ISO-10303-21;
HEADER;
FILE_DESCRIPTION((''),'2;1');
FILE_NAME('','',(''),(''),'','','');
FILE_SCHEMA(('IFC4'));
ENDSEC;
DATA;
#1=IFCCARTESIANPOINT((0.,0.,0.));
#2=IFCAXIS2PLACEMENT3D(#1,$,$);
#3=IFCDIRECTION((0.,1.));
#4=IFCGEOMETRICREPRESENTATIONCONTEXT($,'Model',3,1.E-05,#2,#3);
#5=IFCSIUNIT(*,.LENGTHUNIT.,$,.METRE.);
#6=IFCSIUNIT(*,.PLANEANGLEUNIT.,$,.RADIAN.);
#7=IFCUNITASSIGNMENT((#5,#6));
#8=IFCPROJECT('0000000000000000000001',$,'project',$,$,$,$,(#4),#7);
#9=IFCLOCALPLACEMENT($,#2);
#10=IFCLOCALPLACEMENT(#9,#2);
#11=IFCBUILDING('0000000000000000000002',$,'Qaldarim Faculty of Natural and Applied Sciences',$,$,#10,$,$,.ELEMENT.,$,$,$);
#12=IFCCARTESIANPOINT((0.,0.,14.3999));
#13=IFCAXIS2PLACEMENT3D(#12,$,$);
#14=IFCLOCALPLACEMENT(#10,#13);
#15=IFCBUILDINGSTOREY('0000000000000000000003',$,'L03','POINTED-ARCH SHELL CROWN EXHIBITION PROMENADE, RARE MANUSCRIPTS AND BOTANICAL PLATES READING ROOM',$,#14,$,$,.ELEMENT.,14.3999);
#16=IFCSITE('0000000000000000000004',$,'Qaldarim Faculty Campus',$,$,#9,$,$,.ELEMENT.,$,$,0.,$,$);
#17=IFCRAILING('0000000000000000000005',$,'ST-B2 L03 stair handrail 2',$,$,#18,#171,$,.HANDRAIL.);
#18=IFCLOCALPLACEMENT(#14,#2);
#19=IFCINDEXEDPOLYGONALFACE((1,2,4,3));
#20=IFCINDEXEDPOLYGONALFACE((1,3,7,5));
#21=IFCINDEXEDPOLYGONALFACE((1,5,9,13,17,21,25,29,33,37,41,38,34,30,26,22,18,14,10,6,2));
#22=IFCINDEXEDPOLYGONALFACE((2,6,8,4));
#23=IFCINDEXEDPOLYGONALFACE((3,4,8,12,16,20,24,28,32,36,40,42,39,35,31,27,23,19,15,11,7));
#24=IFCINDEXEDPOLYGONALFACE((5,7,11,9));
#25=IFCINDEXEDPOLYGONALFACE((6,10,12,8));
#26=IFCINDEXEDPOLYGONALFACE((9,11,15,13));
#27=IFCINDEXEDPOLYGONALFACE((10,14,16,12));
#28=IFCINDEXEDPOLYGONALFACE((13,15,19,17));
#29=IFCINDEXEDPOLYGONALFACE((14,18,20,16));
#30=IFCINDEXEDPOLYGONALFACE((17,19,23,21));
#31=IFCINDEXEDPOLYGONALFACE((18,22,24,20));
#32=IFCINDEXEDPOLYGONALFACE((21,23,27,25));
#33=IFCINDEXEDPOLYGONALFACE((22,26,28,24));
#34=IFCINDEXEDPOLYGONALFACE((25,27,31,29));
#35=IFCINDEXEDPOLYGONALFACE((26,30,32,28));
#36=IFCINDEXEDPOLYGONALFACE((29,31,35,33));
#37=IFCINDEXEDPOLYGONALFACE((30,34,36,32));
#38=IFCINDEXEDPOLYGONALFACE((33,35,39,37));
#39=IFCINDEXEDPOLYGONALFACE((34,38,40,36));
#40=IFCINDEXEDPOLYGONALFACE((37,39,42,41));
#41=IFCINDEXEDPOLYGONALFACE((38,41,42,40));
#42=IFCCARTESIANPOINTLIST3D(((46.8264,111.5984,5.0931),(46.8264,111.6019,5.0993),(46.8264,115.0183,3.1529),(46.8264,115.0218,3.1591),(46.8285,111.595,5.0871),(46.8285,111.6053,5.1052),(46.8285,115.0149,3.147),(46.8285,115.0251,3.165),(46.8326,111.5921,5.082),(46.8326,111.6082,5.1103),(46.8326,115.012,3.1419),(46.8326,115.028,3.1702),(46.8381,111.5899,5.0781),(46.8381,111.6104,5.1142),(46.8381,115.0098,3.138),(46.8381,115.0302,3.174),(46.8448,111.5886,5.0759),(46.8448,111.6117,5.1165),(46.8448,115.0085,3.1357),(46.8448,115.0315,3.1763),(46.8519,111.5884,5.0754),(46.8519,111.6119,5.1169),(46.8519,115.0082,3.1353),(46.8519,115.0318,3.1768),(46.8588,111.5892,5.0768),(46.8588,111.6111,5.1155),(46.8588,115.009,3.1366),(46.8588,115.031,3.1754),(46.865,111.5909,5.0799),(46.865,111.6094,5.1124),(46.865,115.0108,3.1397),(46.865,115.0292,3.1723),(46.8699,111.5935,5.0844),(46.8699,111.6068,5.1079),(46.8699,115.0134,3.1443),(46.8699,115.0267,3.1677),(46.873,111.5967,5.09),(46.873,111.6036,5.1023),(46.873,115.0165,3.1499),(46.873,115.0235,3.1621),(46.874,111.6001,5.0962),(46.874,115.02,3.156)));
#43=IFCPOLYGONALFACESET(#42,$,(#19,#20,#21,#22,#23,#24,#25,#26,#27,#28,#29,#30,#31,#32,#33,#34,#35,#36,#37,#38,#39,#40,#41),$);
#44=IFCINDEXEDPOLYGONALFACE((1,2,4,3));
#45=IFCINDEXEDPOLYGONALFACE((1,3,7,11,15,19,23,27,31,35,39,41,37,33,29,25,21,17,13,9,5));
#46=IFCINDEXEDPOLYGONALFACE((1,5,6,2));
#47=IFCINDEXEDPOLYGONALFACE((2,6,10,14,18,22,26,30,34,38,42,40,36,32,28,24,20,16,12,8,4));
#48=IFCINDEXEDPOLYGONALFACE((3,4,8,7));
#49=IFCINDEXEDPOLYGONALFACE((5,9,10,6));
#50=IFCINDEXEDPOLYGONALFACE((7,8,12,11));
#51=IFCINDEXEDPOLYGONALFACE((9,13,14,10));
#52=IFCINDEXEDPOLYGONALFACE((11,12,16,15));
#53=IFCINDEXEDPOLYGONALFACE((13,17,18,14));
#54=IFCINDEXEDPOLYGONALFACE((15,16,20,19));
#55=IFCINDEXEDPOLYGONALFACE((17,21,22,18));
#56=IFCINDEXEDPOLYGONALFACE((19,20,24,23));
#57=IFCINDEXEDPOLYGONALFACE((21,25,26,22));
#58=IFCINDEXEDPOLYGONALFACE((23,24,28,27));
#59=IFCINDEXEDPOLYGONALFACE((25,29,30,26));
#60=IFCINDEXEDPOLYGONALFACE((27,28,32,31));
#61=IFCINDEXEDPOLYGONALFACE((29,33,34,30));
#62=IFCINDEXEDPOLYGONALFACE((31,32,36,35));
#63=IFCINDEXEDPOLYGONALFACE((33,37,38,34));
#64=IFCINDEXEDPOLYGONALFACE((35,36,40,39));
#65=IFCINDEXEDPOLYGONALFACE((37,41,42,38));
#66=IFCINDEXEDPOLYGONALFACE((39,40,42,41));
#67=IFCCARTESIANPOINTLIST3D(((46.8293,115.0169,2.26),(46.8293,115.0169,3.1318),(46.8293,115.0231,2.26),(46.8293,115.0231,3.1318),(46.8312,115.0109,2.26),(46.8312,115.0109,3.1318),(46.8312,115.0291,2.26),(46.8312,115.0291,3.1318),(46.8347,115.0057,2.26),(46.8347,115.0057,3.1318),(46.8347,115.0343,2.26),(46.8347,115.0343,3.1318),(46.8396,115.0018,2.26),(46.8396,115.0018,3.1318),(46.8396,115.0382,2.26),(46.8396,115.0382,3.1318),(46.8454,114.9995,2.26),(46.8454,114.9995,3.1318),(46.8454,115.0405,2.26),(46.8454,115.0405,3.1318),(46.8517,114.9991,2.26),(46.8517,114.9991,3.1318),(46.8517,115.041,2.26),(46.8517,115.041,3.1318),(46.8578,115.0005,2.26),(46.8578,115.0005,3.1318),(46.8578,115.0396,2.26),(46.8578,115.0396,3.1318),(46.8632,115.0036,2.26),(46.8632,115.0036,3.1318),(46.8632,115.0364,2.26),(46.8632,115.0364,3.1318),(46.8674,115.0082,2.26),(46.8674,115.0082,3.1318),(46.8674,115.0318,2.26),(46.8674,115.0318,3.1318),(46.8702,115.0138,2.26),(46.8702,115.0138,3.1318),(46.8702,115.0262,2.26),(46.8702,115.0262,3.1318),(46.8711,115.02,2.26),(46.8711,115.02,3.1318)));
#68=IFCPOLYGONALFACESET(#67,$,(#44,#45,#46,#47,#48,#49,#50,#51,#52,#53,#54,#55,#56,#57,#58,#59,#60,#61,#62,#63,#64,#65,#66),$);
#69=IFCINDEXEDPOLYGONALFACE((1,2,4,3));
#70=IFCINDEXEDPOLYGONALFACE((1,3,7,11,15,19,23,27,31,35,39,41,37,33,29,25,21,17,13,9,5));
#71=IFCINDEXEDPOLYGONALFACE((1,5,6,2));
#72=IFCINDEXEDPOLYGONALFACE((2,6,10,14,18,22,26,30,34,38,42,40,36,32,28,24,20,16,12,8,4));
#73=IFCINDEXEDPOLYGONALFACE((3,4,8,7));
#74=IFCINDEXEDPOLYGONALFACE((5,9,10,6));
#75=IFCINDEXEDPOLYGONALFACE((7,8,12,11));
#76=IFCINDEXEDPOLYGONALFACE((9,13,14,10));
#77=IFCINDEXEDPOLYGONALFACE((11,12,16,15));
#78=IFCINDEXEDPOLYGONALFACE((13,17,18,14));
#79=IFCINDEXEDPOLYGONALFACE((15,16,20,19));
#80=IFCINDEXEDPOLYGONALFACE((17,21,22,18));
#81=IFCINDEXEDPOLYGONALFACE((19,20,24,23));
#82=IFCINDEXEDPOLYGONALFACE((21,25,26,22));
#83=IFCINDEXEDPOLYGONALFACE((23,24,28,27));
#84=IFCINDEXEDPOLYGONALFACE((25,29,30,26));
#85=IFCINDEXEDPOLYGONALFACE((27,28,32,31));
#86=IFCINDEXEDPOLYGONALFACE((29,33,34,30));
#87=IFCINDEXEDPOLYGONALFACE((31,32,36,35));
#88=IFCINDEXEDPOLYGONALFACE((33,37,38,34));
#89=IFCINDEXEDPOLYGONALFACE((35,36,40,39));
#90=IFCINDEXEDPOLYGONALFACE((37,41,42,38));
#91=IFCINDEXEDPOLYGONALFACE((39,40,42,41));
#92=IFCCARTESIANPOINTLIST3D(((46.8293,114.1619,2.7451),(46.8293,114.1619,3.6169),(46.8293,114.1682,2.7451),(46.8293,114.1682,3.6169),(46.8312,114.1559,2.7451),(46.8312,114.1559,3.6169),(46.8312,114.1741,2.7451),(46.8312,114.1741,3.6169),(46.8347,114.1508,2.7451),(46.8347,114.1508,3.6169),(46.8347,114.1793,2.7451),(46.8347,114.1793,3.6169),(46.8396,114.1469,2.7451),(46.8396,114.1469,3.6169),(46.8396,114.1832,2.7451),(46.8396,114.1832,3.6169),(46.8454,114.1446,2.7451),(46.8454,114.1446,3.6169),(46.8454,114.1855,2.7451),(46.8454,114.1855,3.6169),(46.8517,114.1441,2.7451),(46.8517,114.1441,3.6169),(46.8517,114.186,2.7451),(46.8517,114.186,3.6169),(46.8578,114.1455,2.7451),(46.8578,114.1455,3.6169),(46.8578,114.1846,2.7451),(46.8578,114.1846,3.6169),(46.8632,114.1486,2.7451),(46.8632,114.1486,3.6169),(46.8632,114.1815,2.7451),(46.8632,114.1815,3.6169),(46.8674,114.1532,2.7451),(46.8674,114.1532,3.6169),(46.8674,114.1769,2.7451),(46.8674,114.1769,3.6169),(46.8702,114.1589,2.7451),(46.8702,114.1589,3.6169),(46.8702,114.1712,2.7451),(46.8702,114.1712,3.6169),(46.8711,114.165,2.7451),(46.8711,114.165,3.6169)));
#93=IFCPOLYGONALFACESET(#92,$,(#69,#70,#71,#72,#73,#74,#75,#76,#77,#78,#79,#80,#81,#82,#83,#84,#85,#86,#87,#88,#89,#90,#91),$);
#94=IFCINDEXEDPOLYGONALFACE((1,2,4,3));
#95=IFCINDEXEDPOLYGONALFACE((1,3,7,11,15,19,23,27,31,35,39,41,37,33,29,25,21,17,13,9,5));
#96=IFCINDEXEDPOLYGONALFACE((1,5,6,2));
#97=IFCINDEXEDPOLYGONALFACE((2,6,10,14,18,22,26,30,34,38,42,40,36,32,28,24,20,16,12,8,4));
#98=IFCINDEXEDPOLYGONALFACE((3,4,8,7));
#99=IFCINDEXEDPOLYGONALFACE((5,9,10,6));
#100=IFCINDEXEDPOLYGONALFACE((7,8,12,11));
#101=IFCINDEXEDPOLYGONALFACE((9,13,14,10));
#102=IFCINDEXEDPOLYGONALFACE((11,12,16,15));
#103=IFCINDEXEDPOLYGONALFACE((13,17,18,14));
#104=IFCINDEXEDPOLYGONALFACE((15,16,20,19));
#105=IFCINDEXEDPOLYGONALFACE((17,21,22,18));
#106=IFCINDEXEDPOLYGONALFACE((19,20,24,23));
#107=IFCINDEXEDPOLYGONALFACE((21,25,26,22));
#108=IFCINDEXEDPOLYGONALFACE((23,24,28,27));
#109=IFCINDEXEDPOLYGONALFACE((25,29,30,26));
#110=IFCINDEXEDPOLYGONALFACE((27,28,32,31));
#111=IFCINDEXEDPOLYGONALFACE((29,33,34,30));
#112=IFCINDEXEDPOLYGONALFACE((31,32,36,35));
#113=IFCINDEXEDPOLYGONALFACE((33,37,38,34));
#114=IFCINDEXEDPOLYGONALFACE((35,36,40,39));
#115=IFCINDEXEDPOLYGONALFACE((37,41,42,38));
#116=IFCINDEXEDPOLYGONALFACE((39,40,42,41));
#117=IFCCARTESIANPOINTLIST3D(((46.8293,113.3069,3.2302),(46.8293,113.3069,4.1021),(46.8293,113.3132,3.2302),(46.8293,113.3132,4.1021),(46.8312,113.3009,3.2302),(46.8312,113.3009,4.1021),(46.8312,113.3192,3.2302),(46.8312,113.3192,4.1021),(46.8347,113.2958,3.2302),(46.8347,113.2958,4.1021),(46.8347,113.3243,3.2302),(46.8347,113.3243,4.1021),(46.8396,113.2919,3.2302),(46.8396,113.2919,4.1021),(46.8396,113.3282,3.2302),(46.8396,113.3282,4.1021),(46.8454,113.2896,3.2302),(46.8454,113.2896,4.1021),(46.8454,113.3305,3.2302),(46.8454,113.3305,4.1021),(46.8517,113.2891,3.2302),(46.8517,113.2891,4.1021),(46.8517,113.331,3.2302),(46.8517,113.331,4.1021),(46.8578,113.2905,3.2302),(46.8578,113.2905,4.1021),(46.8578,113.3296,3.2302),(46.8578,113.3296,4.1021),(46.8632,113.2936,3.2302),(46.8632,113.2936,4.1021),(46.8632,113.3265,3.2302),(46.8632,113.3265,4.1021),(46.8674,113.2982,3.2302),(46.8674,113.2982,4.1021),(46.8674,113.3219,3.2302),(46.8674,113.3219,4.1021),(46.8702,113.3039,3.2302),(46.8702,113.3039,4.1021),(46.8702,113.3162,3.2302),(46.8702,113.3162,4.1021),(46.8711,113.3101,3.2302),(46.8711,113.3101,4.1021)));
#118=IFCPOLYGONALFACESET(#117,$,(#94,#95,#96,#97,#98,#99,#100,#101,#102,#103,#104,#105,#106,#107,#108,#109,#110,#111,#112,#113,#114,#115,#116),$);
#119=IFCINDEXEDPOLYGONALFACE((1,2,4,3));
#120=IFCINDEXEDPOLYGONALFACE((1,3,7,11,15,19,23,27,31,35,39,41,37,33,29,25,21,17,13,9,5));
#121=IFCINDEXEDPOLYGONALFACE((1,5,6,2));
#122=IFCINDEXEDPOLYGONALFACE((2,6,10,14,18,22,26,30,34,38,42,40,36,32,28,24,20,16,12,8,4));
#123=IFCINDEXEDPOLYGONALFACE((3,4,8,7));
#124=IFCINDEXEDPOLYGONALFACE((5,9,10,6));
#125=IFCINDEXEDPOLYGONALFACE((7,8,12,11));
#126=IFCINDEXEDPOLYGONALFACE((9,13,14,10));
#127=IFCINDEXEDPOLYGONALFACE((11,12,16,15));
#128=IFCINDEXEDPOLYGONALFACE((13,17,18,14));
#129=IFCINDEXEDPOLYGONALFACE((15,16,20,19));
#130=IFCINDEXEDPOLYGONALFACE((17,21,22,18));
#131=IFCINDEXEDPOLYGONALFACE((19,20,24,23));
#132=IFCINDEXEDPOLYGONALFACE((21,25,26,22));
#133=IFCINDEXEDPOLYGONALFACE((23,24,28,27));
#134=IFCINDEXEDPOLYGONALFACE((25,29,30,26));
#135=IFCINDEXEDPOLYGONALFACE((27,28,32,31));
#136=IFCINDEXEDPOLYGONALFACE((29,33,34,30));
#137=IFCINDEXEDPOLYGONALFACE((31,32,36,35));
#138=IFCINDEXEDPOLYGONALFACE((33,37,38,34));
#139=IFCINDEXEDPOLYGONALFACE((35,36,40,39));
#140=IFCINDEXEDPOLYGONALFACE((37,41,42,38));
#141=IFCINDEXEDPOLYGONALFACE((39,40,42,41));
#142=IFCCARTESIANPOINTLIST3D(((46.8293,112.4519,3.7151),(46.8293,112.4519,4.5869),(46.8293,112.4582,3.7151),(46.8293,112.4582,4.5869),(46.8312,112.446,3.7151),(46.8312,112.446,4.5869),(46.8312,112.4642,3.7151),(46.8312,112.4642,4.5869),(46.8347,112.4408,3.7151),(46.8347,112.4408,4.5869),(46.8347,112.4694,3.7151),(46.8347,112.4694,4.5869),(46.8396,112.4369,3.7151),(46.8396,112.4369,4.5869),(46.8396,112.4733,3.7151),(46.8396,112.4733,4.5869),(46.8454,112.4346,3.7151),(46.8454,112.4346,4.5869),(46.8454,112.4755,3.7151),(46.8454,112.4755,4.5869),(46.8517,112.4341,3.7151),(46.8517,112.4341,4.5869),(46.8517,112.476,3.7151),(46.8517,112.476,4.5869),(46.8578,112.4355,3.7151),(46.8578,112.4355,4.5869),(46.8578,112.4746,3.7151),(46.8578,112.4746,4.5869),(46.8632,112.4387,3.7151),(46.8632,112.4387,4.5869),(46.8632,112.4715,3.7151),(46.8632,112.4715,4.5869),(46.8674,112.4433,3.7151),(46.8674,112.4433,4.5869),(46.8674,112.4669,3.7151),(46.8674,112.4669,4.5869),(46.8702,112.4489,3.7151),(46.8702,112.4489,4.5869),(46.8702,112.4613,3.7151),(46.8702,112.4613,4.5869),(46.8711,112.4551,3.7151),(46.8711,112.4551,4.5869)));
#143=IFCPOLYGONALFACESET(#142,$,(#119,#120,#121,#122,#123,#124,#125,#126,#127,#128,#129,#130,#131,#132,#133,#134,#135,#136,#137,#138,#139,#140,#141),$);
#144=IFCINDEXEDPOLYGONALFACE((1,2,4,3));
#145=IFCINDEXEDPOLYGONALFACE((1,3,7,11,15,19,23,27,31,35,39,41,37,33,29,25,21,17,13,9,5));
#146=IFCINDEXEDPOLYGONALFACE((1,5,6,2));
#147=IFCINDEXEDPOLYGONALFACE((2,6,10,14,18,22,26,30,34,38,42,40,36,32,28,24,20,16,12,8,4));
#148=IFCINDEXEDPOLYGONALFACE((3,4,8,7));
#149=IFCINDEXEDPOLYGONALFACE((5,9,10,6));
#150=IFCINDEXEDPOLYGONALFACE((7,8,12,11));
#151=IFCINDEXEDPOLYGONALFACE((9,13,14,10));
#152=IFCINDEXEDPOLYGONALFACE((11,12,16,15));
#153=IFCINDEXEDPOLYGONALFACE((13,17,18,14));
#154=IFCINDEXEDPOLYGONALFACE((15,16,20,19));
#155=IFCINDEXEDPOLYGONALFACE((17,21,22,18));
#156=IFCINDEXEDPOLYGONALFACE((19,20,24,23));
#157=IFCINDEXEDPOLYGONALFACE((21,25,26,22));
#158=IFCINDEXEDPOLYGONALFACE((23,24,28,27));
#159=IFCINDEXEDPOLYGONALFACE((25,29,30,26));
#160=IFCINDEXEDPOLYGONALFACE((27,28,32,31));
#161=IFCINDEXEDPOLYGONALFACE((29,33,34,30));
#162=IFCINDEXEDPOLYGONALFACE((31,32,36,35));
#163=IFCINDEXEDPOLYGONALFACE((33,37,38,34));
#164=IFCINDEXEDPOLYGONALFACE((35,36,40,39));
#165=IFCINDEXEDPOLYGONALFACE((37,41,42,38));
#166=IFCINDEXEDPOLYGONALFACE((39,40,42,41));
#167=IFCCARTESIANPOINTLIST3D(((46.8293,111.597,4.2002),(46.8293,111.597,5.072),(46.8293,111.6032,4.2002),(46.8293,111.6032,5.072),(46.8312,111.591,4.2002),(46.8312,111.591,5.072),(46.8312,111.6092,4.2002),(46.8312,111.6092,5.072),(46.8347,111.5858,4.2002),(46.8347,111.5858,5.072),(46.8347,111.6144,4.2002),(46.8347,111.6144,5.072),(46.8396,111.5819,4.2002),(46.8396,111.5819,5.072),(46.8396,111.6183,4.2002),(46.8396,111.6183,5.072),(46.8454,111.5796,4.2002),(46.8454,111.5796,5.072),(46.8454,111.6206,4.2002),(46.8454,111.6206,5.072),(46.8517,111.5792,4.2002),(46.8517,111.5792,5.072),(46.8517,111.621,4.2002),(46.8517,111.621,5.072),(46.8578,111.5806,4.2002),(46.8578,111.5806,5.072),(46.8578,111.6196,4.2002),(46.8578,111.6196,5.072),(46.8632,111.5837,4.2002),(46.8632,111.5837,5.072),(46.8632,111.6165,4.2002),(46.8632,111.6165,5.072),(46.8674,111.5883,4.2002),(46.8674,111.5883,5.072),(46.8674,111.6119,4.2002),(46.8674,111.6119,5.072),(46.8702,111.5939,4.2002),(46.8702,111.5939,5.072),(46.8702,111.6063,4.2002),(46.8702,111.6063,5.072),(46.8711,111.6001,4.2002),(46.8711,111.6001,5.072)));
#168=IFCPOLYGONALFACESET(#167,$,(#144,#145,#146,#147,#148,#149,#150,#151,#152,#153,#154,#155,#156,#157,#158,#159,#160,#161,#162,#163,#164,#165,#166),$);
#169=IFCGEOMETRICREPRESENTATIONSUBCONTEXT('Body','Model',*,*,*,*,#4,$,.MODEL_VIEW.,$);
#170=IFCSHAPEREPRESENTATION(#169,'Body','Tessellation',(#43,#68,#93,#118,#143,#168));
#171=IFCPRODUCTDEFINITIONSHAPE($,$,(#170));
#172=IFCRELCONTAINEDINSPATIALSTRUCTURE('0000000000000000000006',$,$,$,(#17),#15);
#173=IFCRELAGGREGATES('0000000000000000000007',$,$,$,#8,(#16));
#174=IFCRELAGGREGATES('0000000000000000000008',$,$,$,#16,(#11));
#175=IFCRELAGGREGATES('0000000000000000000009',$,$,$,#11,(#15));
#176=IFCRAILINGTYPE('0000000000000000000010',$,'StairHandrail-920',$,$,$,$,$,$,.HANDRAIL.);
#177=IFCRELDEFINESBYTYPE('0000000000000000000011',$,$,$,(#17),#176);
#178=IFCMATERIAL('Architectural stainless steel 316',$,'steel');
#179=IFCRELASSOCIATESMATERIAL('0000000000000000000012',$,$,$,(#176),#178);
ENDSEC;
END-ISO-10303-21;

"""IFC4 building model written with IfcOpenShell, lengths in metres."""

from ifc_helpers import new_model, si_unit, direction, frame, origin, origin_2d, place, context, subcontext, project, spatial, circle, extrude, material, type_object, element, save


model = new_model("IFC4")

# Units and contexts
model_context = context("Model", 3, precision=1e-05, world=origin(), true_north=direction((0.0, 1.0)))
body_context = subcontext(model_context, "Body", "Model", "MODEL_VIEW")
ifc_project = project(units=[si_unit("LENGTHUNIT", "METRE"), si_unit("PLANEANGLEUNIT", "RADIAN")], contexts=[model_context])

# Site, building, storey
site_placement = place(None, origin())
site = spatial("IfcSite", under=ifc_project, at=site_placement, Name="Qaldarim Faculty Campus", CompositionType="ELEMENT", RefElevation=0.0)
building_placement = place(site_placement, origin())
building = spatial("IfcBuilding", under=site, at=building_placement, Name="Qaldarim Faculty of Natural and Applied Sciences", CompositionType="ELEMENT")
storey_placement = place(building_placement, frame((0.0, 0.0, 14.3999)))
storey = spatial("IfcBuildingStorey", under=building, at=storey_placement, Name="L03", Description="POINTED-ARCH SHELL CROWN EXHIBITION PROMENADE, RARE MANUSCRIPTS AND BOTANICAL PLATES READING ROOM", CompositionType="ELEMENT", Elevation=14.3999)

# Shared definitions
ifc_material_1 = material(Name="Architectural stainless steel 316", Category="steel")

# Railing
railing_type = type_object("IfcRailingType", Name="StairHandrail-920", PredefinedType="HANDRAIL", material=ifc_material_1)
railing_placement = place(storey_placement, frame((46.8501, 115.02, 2.26)))
element("IfcRailing", 1, at=railing_placement, inside=storey, type_object=railing_type, Name="ST-B2 L03 stair handrail 2", PredefinedType="HANDRAIL", context=body_context, shape_type="SweptSolid", body=[
    extrude(circle(Radius=0.0239, at=origin_2d()), frame((0.0, 0.0, 0.896), z_axis=(0.0, -0.869779, 0.493442), x_axis=(1.0, 0.0, 0.0)), (0.0, 0.0, 1.0), 3.9319),
    extrude(circle(Radius=0.021, at=origin_2d()), origin(), (0.0, 0.0, 1.0), 0.8718),
    extrude(circle(Radius=0.021, at=origin_2d()), frame((0.0, -0.855, 0.4851)), (0.0, 0.0, 1.0), 0.8718),
    extrude(circle(Radius=0.021, at=origin_2d()), frame((0.0, -1.71, 0.9702)), (0.0, 0.0, 1.0), 0.8718),
    extrude(circle(Radius=0.021, at=origin_2d()), frame((0.0, -2.5649, 1.4551)), (0.0, 0.0, 1.0), 0.8718),
    extrude(circle(Radius=0.021, at=origin_2d()), frame((0.0, -3.4199, 1.9402)), (0.0, 0.0, 1.0), 0.8718),
])

save(model, "model.ifc")
